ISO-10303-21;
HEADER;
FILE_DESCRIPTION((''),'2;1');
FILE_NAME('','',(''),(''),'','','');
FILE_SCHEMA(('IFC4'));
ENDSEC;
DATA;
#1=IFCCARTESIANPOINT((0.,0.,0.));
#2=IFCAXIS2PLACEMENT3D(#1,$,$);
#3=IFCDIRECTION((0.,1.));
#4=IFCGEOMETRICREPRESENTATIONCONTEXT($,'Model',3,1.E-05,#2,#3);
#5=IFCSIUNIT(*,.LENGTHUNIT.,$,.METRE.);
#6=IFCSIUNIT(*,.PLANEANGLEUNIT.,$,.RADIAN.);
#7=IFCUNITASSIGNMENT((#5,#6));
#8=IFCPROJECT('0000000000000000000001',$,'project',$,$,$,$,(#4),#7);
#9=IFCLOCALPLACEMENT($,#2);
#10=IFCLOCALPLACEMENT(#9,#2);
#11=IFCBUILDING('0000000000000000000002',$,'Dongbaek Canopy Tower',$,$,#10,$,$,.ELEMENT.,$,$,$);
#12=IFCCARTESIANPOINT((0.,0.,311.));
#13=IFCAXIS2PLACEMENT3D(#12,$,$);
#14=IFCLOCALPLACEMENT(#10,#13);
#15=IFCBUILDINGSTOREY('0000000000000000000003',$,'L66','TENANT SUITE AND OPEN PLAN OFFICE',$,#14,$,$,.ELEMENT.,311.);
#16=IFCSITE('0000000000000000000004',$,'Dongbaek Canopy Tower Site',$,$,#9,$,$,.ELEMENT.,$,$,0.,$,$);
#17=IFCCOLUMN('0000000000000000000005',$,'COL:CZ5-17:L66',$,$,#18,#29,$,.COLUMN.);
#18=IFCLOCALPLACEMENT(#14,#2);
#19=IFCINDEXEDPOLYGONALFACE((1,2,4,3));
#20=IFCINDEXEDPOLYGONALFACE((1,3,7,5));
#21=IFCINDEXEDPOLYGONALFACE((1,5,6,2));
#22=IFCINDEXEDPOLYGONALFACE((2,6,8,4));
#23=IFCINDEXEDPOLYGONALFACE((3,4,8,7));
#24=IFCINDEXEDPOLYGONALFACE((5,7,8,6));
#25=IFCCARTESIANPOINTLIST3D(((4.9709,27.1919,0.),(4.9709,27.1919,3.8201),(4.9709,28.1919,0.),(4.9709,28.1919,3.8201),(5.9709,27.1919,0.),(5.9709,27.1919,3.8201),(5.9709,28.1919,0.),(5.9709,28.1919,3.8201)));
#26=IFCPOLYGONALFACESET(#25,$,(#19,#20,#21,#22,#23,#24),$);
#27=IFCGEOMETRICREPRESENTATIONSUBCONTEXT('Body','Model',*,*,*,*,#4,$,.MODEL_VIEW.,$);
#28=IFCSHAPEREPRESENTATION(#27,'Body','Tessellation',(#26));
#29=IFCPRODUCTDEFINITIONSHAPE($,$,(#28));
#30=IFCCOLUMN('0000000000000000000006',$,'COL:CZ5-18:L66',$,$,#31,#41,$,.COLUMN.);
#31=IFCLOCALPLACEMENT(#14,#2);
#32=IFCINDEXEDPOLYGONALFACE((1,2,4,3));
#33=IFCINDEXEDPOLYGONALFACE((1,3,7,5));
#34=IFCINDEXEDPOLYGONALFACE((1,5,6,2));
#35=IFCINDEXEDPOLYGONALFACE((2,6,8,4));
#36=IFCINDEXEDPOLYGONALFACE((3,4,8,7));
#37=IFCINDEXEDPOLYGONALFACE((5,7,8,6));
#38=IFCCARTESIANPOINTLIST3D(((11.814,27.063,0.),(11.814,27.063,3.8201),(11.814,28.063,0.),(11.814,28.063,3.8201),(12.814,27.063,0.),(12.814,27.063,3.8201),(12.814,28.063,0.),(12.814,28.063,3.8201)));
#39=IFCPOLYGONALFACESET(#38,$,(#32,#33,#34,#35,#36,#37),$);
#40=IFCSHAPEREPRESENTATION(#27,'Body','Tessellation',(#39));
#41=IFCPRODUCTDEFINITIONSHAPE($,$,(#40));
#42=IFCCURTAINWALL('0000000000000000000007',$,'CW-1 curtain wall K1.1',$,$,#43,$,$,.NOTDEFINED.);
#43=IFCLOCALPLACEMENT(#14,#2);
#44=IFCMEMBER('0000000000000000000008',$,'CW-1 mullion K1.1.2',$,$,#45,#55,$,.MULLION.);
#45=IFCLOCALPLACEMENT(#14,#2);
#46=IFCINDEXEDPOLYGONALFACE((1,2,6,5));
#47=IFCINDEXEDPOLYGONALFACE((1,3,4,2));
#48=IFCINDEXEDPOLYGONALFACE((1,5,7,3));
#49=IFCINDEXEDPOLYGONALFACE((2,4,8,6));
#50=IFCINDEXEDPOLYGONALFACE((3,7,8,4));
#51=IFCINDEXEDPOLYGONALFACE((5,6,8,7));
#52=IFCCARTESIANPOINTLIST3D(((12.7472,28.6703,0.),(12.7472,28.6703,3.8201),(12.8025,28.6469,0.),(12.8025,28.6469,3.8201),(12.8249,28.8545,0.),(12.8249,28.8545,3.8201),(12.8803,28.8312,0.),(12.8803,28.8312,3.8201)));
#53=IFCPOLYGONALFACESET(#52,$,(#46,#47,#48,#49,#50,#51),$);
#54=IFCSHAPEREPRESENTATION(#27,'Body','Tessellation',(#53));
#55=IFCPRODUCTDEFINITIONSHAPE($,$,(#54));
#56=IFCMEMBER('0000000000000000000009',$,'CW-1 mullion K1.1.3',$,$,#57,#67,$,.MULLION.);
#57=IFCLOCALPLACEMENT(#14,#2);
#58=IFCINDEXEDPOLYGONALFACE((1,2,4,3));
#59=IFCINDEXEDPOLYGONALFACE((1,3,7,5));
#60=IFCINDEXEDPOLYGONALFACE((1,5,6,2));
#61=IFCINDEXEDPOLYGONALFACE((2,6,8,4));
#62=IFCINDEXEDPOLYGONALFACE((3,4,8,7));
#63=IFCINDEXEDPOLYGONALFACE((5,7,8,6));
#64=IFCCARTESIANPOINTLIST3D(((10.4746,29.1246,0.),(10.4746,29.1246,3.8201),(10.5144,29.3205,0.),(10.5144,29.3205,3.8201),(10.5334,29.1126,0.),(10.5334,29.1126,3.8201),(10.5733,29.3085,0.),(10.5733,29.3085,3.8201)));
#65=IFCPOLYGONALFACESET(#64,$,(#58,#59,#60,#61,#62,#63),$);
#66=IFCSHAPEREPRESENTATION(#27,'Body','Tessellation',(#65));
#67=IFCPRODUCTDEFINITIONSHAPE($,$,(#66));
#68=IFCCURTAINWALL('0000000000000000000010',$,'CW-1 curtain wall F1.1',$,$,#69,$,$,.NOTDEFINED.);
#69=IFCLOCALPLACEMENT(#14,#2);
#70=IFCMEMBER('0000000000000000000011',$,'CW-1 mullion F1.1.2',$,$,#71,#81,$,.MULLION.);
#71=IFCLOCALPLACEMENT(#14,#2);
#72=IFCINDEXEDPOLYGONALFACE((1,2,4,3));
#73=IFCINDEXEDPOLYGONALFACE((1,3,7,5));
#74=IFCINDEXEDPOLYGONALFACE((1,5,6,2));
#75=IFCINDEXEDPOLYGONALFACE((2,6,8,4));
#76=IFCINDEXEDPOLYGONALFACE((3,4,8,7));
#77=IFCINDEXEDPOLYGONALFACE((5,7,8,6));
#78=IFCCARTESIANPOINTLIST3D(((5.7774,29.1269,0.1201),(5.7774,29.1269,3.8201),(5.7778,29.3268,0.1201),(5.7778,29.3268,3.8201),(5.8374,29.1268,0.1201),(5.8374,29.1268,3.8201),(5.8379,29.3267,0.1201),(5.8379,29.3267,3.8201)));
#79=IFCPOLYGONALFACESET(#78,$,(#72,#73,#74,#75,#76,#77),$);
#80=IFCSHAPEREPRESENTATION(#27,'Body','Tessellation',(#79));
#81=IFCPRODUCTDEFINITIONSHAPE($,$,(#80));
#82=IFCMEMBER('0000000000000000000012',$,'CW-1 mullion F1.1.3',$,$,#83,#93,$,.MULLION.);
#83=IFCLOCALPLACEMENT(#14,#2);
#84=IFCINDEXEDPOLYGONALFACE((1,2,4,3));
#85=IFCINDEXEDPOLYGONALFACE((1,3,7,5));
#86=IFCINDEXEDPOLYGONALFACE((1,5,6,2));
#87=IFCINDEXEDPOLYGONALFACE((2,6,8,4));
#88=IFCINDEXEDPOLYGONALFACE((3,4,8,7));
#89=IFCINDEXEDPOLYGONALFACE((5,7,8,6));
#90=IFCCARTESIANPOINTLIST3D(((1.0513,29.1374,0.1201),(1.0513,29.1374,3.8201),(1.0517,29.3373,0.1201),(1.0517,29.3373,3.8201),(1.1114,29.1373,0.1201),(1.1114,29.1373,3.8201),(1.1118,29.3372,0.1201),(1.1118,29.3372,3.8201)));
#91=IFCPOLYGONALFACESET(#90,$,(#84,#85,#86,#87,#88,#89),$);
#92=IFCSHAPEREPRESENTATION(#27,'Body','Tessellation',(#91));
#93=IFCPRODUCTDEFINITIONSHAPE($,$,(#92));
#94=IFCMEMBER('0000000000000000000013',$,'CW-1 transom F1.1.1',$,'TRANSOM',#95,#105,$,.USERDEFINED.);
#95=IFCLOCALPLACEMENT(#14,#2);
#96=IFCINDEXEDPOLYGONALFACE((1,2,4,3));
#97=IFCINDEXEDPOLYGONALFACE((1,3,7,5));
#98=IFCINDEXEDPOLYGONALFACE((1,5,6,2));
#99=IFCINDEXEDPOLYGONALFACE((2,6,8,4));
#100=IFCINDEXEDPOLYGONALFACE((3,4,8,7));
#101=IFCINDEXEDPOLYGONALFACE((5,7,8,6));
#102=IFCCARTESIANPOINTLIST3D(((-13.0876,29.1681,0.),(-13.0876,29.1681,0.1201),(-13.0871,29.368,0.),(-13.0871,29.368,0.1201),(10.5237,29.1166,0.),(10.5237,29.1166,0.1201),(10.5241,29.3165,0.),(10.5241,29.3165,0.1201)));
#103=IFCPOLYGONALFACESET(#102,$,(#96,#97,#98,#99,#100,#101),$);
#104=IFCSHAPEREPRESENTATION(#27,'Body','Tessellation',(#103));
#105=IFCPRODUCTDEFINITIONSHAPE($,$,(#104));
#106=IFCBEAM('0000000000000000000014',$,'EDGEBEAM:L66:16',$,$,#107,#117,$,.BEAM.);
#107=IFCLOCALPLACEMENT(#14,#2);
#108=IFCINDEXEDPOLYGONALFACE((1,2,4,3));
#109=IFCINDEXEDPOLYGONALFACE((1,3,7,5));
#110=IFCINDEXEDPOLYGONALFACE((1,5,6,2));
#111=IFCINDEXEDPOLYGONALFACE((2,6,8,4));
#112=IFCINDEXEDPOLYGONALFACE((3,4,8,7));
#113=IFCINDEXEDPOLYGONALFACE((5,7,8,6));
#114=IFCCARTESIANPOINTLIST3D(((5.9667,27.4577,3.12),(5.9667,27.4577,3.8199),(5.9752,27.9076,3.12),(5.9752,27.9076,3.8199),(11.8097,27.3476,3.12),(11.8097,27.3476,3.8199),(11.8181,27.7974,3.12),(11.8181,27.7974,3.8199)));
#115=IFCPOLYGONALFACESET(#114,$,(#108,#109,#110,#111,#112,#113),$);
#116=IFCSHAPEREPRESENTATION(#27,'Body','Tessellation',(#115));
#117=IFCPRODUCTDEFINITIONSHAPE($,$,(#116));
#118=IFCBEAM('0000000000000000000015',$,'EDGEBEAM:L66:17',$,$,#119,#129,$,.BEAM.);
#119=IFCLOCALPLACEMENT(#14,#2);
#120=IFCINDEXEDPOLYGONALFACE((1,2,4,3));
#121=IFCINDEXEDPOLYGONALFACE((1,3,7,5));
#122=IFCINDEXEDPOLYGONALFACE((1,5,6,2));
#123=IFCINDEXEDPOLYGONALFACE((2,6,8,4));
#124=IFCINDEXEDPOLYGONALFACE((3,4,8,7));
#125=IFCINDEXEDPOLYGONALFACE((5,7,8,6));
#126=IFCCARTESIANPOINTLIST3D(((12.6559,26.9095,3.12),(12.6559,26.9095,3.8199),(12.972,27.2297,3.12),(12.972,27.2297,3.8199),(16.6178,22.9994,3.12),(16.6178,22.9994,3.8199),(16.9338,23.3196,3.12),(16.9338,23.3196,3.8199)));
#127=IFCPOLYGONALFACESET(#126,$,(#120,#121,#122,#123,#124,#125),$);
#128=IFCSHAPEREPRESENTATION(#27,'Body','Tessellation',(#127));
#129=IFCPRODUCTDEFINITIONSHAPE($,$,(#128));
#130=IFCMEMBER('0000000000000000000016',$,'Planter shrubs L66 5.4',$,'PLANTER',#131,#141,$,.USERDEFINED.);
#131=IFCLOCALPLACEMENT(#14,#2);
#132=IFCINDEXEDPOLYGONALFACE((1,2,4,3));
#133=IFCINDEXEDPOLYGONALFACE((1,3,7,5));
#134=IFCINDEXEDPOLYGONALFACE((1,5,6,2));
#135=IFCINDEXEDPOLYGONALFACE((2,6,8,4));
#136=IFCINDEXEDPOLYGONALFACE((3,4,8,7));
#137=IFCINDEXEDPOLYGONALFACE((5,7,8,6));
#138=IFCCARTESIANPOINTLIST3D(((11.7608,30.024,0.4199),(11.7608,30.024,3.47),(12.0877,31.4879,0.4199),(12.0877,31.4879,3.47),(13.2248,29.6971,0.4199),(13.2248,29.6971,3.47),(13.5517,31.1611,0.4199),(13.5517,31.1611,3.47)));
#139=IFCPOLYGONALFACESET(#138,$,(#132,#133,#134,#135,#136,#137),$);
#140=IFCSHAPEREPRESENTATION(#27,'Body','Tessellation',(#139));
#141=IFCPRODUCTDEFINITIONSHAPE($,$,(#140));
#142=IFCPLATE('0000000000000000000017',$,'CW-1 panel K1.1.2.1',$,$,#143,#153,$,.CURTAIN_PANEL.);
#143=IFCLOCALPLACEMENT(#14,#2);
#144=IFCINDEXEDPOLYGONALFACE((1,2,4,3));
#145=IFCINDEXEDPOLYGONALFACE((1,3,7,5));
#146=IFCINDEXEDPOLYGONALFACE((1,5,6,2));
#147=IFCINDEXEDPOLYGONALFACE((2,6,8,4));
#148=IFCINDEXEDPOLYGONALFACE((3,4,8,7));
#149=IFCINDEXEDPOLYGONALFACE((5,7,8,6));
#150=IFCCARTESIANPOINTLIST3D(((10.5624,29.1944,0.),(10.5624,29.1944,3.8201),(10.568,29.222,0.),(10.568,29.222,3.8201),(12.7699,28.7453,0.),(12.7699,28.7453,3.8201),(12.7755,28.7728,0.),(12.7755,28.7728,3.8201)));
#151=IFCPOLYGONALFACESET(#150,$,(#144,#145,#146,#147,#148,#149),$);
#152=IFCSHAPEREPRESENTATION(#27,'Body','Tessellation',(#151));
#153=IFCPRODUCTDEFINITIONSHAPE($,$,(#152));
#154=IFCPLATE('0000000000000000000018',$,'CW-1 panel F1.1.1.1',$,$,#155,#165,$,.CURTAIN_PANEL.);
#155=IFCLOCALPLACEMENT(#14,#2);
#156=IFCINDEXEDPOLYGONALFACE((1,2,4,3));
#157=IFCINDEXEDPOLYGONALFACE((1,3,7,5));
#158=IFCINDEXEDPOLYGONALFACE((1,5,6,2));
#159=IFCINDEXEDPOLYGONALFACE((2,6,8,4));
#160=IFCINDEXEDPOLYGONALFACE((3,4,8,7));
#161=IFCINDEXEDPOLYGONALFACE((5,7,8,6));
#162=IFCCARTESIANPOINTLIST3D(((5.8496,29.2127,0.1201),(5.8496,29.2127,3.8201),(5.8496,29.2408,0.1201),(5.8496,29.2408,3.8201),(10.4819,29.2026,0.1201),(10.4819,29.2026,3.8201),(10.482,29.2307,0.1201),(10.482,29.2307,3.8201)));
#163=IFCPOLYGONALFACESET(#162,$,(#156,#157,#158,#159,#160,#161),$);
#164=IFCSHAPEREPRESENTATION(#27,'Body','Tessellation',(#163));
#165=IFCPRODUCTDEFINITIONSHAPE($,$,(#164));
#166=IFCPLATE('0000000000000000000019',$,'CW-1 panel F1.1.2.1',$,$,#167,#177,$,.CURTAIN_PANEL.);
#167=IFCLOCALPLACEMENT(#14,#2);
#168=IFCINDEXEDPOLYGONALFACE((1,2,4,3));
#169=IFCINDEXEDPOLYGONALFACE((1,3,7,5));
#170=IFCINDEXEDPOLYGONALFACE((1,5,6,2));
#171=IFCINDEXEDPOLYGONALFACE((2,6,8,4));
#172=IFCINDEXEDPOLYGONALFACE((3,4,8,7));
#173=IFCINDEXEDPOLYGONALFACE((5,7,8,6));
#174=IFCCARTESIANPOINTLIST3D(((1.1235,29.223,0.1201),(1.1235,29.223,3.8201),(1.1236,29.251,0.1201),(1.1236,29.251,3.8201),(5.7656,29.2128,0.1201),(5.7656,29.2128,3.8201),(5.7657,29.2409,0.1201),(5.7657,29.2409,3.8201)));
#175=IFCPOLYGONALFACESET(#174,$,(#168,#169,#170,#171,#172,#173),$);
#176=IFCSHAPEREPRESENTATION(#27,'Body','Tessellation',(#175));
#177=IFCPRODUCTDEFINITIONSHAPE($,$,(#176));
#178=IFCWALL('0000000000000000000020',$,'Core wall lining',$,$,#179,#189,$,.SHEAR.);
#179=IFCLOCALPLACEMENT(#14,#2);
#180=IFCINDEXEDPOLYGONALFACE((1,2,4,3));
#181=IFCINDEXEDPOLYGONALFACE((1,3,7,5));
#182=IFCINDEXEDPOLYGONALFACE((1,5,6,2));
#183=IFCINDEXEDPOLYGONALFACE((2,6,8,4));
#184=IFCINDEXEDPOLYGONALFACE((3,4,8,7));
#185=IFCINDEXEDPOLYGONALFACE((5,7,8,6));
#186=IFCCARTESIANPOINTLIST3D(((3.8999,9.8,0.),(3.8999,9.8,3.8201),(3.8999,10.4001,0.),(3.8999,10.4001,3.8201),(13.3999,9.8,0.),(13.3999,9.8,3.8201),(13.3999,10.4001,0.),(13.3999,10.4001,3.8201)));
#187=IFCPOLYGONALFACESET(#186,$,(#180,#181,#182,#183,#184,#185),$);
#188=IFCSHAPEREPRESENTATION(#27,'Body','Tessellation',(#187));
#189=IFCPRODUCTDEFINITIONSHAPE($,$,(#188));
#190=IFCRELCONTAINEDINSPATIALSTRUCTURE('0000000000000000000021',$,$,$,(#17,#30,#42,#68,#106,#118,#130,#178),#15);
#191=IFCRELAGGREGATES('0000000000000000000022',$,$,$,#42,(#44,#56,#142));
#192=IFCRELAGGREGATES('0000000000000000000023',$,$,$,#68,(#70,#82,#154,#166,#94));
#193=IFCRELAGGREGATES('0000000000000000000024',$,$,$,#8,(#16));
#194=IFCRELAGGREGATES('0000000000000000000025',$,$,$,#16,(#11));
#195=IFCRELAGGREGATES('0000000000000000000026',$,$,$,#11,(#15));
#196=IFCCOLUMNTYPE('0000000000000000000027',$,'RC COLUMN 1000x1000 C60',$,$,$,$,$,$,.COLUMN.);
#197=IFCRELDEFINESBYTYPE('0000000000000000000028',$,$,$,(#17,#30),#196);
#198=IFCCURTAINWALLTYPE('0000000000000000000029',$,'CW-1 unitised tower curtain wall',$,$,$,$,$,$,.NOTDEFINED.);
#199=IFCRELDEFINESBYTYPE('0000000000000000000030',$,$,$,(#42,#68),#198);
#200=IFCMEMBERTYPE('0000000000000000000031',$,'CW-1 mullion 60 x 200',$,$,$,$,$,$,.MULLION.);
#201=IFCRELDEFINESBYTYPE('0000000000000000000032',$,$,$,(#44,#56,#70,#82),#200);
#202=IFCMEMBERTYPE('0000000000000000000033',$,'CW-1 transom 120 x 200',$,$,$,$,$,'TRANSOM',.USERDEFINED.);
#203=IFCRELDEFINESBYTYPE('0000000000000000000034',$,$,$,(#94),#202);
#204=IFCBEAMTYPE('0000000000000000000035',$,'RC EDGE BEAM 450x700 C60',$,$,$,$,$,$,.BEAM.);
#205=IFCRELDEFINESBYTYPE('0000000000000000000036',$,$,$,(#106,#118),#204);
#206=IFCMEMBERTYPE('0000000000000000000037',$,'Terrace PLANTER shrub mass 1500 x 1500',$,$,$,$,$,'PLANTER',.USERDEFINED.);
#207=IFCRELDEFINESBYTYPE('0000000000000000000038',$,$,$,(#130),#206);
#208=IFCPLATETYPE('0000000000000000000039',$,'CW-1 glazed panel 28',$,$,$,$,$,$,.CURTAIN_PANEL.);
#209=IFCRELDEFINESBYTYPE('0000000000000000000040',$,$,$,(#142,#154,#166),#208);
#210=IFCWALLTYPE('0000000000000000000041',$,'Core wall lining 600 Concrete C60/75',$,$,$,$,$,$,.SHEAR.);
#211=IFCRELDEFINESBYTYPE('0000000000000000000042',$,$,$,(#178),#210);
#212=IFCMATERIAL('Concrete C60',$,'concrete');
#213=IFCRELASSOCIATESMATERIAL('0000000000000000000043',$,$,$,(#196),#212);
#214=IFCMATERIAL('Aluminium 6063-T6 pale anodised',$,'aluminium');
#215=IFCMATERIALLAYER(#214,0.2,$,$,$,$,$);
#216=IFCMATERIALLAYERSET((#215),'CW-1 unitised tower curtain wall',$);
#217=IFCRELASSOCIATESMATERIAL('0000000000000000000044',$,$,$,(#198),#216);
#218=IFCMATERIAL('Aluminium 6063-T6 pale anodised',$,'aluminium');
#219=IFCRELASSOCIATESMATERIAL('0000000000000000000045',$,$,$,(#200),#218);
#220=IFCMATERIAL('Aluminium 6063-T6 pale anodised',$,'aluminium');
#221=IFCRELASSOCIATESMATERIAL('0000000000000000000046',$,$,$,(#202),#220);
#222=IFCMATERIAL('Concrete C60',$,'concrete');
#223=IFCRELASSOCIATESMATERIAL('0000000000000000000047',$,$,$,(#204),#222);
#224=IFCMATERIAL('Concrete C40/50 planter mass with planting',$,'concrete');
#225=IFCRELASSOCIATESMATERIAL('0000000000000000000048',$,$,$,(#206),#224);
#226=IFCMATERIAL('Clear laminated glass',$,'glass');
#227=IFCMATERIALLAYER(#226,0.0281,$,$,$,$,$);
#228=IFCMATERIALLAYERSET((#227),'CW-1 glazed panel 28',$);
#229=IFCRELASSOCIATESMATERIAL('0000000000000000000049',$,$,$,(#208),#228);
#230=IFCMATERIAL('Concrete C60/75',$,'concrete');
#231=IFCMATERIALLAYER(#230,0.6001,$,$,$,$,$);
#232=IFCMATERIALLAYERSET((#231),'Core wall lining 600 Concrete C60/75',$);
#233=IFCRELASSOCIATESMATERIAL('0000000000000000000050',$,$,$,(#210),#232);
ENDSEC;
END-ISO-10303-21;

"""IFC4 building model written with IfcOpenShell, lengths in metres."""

from ifc_helpers import new_model, si_unit, direction, frame, frame_2d, origin, origin_2d, place, context, subcontext, project, spatial, rectangle, extrude, material, layer, layer_set, material_profile, profile_set, type_object, element, aggregate, save


model = new_model("IFC4")

# Units and contexts
model_context = context("Model", 3, precision=1e-05, world=origin(), true_north=direction((0.0, 1.0)))
body_context = subcontext(model_context, "Body", "Model", "MODEL_VIEW")
ifc_project = project(units=[si_unit("LENGTHUNIT", "METRE"), si_unit("PLANEANGLEUNIT", "RADIAN")], contexts=[model_context])

# Site, building, storey
site_placement = place(None, origin())
site = spatial("IfcSite", under=ifc_project, at=site_placement, Name="Dongbaek Canopy Tower Site", CompositionType="ELEMENT", RefElevation=0.0)
building_placement = place(site_placement, origin())
building = spatial("IfcBuilding", under=site, at=building_placement, Name="Dongbaek Canopy Tower", CompositionType="ELEMENT")
storey_placement = place(building_placement, frame((0.0, 0.0, 311.0)))
storey = spatial("IfcBuildingStorey", under=building, at=storey_placement, Name="L66", Description="TENANT SUITE AND OPEN PLAN OFFICE", CompositionType="ELEMENT", Elevation=311.0)

# Columns
ifc_material_1 = material(Name="Concrete C60", Category="concrete")
ifc_material_profile_1 = material_profile(ifc_material_1, rectangle(XDim=1.0, YDim=1.0, at=origin_2d()), Name="RC COLUMN 1000x1000 C60")
ifc_profile_set_1 = profile_set([ifc_material_profile_1], Name="Concrete C60")
column_type = type_object("IfcColumnType", Name="RC COLUMN 1000x1000 C60", PredefinedType="COLUMN", material=ifc_profile_set_1)
for number, where, z_axis, x_axis, name in (
    (1, (5.4709, 27.6919, 0.0), (0.0, 0.0, 1.0), (1.0, 0.0, 0.0), "COL:CZ5-17:L66"),
    (2, (12.314, 27.563, 0.0), (0.0, 0.0, 1.0), (1.0, 0.0, 0.0), "COL:CZ5-18:L66"),
):
    element("IfcColumn", number, at=place(storey_placement, frame(where, z_axis=z_axis, x_axis=x_axis)), inside=storey, type_object=column_type, Name=name, PredefinedType="COLUMN", context=body_context, shape_type="SweptSolid", body=[
        extrude(rectangle(XDim=1.0, YDim=1.0, at=origin_2d()), origin(), (0.0, 0.0, 1.0), 3.8201),
    ])

# Curtain walls, members
ifc_material_2 = material(Name="Aluminium 6063-T6 pale anodised", Category="aluminium")
ifc_layer_1 = layer(ifc_material_2, 0.2)
ifc_layer_set_1 = layer_set([ifc_layer_1], Name="CW-1 unitised tower curtain wall")
curtain_wall_type = type_object("IfcCurtainWallType", Name="CW-1 unitised tower curtain wall", PredefinedType="NOTDEFINED", material=ifc_layer_set_1)
curtain_wall_1_placement = place(storey_placement, origin())
curtain_wall_1 = element("IfcCurtainWall", 3, at=curtain_wall_1_placement, inside=storey, type_object=curtain_wall_type, Name="CW-1 curtain wall K1.1", PredefinedType="NOTDEFINED")
ifc_material_3 = material(Name="Aluminium 6063-T6 pale anodised", Category="aluminium")
ifc_material_profile_2 = material_profile(ifc_material_3, rectangle(XDim=0.2, YDim=0.0601, at=origin_2d()), Name="CW-1 mullion 60 x 200")
ifc_profile_set_2 = profile_set([ifc_material_profile_2], Name="Aluminium 6063-T6 pale anodised")
member_type_1 = type_object("IfcMemberType", Name="CW-1 mullion 60 x 200", PredefinedType="MULLION", material=ifc_profile_set_2)
member_1_placement = place(storey_placement, frame((12.8137, 28.7507, 0.0), z_axis=(0.0, 0.0, 1.0), x_axis=(0.388723, 0.921355, 0.0)))
member_1 = element("IfcMember", 4, at=member_1_placement, type_object=member_type_1, Name="CW-1 mullion K1.1.2", PredefinedType="MULLION", context=body_context, shape_type="SweptSolid", body=[
    extrude(rectangle(XDim=0.2, YDim=0.0601, at=origin_2d()), origin(), (0.0, 0.0, 1.0), 3.8201),
])
member_2_placement = place(storey_placement, frame((10.5239, 29.2166, 0.0), z_axis=(0.0, 0.0, 1.0), x_axis=(0.199368, 0.979925, 0.0)))
member_2 = element("IfcMember", 5, at=member_2_placement, type_object=member_type_1, Name="CW-1 mullion K1.1.3", PredefinedType="MULLION", context=body_context, shape_type="SweptSolid", body=[
    extrude(rectangle(XDim=0.2, YDim=0.0601, at=origin_2d()), origin(), (0.0, 0.0, 1.0), 3.8201),
])
curtain_wall_2_placement = place(storey_placement, origin())
curtain_wall_2 = element("IfcCurtainWall", 6, at=curtain_wall_2_placement, inside=storey, type_object=curtain_wall_type, Name="CW-1 curtain wall F1.1", PredefinedType="NOTDEFINED")
member_3_placement = place(storey_placement, frame((5.8076, 29.2268, 0.1201), z_axis=(0.0, 0.0, 1.0), x_axis=(0.00218, 0.999998, 0.0)))
member_3 = element("IfcMember", 7, at=member_3_placement, type_object=member_type_1, Name="CW-1 mullion F1.1.2", PredefinedType="MULLION", context=body_context, shape_type="SweptSolid", body=[
    extrude(rectangle(XDim=0.2, YDim=0.0601, at=origin_2d()), origin(), (0.0, 0.0, 1.0), 3.7),
])
member_4_placement = place(storey_placement, frame((1.0815, 29.2373, 0.1201), z_axis=(0.0, 0.0, 1.0), x_axis=(0.00218, 0.999998, 0.0)))
member_4 = element("IfcMember", 8, at=member_4_placement, type_object=member_type_1, Name="CW-1 mullion F1.1.3", PredefinedType="MULLION", context=body_context, shape_type="SweptSolid", body=[
    extrude(rectangle(XDim=0.2, YDim=0.0601, at=origin_2d()), origin(), (0.0, 0.0, 1.0), 3.7),
])
ifc_material_4 = material(Name="Aluminium 6063-T6 pale anodised", Category="aluminium")
ifc_material_profile_3 = material_profile(ifc_material_4, rectangle(XDim=0.2, YDim=0.1201, at=origin_2d()), Name="CW-1 transom 120 x 200")
ifc_profile_set_3 = profile_set([ifc_material_profile_3], Name="Aluminium 6063-T6 pale anodised")
member_type_2 = type_object("IfcMemberType", Name="CW-1 transom 120 x 200", ElementType="TRANSOM", PredefinedType="USERDEFINED", material=ifc_profile_set_3)
member_5_placement = place(storey_placement, frame((10.5239, 29.2166, 0.0601), z_axis=(-0.999998, 0.002182, 0.0), x_axis=(-0.002182, -0.999998, 0.0)))
member_5 = element("IfcMember", 9, at=member_5_placement, type_object=member_type_2, Name="CW-1 transom F1.1.1", ObjectType="TRANSOM", PredefinedType="USERDEFINED", context=body_context, shape_type="SweptSolid", body=[
    extrude(rectangle(XDim=0.2, YDim=0.1201, at=origin_2d()), origin(), (0.0, 0.0, 1.0), 23.6113),
])

# Beams
ifc_material_5 = material(Name="Concrete C60", Category="concrete")
ifc_material_profile_4 = material_profile(ifc_material_5, rectangle(XDim=0.45, YDim=0.7, at=origin_2d()), Name="RC EDGE BEAM 450x700 C60")
ifc_profile_set_4 = profile_set([ifc_material_profile_4], Name="Concrete C60")
beam_type = type_object("IfcBeamType", Name="RC EDGE BEAM 450x700 C60", PredefinedType="BEAM", material=ifc_profile_set_4)
beam_1_placement = place(storey_placement, frame((5.9709, 27.6826, 3.47), z_axis=(0.999822, -0.018841, 0.0), x_axis=(0.018841, 0.999822, 0.0)))
element("IfcBeam", 10, at=beam_1_placement, inside=storey, type_object=beam_type, Name="EDGEBEAM:L66:16", PredefinedType="BEAM", context=body_context, shape_type="SweptSolid", body=[
    extrude(rectangle(XDim=0.45, YDim=0.7, at=origin_2d()), origin(), (0.0, 0.0, 1.0), 5.844),
])
beam_2_placement = place(storey_placement, frame((12.814, 27.0696, 3.47), z_axis=(0.711741, -0.702442, 0.0), x_axis=(0.702442, 0.711741, 0.0)))
element("IfcBeam", 11, at=beam_2_placement, inside=storey, type_object=beam_type, Name="EDGEBEAM:L66:17", PredefinedType="BEAM", context=body_context, shape_type="SweptSolid", body=[
    extrude(rectangle(XDim=0.45, YDim=0.7, at=origin_2d()), origin(), (0.0, 0.0, 1.0), 5.5664),
])

# Member
ifc_material_6 = material(Name="Concrete C40/50 planter mass with planting", Category="concrete")
ifc_material_profile_5 = material_profile(ifc_material_6, rectangle(XDim=1.5, YDim=1.5, at=origin_2d()), Name="Terrace PLANTER shrub mass 1500 x 1500")
ifc_profile_set_5 = profile_set([ifc_material_profile_5], Name="Concrete C40/50 planter mass with planting")
member_type_3 = type_object("IfcMemberType", Name="Terrace PLANTER shrub mass 1500 x 1500", ElementType="PLANTER", PredefinedType="USERDEFINED", material=ifc_profile_set_5)
member_6_placement = place(storey_placement, frame((12.6562, 30.5925, 0.4199), z_axis=(0.0, 0.0, 1.0), x_axis=(0.217916, 0.975968, 0.0)))
element("IfcMember", 12, at=member_6_placement, inside=storey, type_object=member_type_3, Name="Planter shrubs L66 5.4", ObjectType="PLANTER", PredefinedType="USERDEFINED", context=body_context, shape_type="SweptSolid", body=[
    extrude(rectangle(XDim=1.5, YDim=1.5, at=origin_2d()), origin(), (0.0, 0.0, 1.0), 3.05),
])

# Plates
ifc_material_7 = material(Name="Clear laminated glass", Category="glass")
ifc_layer_2 = layer(ifc_material_7, 0.0281)
ifc_layer_set_2 = layer_set([ifc_layer_2], Name="CW-1 glazed panel 28")
plate_type = type_object("IfcPlateType", Name="CW-1 glazed panel 28", PredefinedType="CURTAIN_PANEL", material=ifc_layer_set_2)
plate_1_placement = place(storey_placement, frame((11.6689, 28.9836, 0.0), z_axis=(0.0, 0.0, 1.0), x_axis=(-0.979925, 0.199368, 0.0)))
plate_1 = element("IfcPlate", 13, at=plate_1_placement, type_object=plate_type, Name="CW-1 panel K1.1.2.1", PredefinedType="CURTAIN_PANEL", context=body_context, shape_type="SweptSolid", body=[
    extrude(rectangle(XDim=2.2527, YDim=0.0281, at=origin_2d()), origin(), (0.0, 0.0, 1.0), 3.8201),
])
aggregate(curtain_wall_1, [member_1, member_2, plate_1])
plate_2_placement = place(storey_placement, frame((8.1658, 29.2217, 0.1201), z_axis=(0.0, 0.0, 1.0), x_axis=(-0.999998, 0.00218, 0.0)))
plate_2 = element("IfcPlate", 14, at=plate_2_placement, type_object=plate_type, Name="CW-1 panel F1.1.1.1", PredefinedType="CURTAIN_PANEL", context=body_context, shape_type="SweptSolid", body=[
    extrude(rectangle(XDim=4.6323, YDim=0.0281, at=origin_2d()), origin(), (0.0, 0.0, 1.0), 3.7),
])
plate_3_placement = place(storey_placement, frame((3.4446, 29.2319, 0.1201), z_axis=(0.0, 0.0, 1.0), x_axis=(-0.999998, 0.00218, 0.0)))
plate_3 = element("IfcPlate", 15, at=plate_3_placement, type_object=plate_type, Name="CW-1 panel F1.1.2.1", PredefinedType="CURTAIN_PANEL", context=body_context, shape_type="SweptSolid", body=[
    extrude(rectangle(XDim=4.6421, YDim=0.0281, at=origin_2d()), origin(), (0.0, 0.0, 1.0), 3.7),
])

# Wall
ifc_material_8 = material(Name="Concrete C60/75", Category="concrete")
ifc_layer_3 = layer(ifc_material_8, 0.6001)
ifc_layer_set_3 = layer_set([ifc_layer_3], Name="Core wall lining 600 Concrete C60/75")
wall_type_1 = type_object("IfcWallType", Name="Core wall lining 600 Concrete C60/75", PredefinedType="SHEAR", material=ifc_layer_set_3)
wall_1_placement = place(storey_placement, frame((3.8999, 10.1001, 0.0), z_axis=(0.0, 0.0, 1.0), x_axis=(1.0, 0.0, 0.0)))
element("IfcWall", 16, at=wall_1_placement, inside=storey, type_object=wall_type_1, Name="Core wall lining", PredefinedType="SHEAR", context=body_context, shape_type="SweptSolid", body=[
    extrude(rectangle(XDim=9.5, YDim=0.6001, at=frame_2d((4.75, 0.0))), origin(), (0.0, 0.0, 1.0), 3.8201),
])

aggregate(curtain_wall_2, [member_3, member_4, plate_2, plate_3, member_5])

save(model, "model.ifc")
